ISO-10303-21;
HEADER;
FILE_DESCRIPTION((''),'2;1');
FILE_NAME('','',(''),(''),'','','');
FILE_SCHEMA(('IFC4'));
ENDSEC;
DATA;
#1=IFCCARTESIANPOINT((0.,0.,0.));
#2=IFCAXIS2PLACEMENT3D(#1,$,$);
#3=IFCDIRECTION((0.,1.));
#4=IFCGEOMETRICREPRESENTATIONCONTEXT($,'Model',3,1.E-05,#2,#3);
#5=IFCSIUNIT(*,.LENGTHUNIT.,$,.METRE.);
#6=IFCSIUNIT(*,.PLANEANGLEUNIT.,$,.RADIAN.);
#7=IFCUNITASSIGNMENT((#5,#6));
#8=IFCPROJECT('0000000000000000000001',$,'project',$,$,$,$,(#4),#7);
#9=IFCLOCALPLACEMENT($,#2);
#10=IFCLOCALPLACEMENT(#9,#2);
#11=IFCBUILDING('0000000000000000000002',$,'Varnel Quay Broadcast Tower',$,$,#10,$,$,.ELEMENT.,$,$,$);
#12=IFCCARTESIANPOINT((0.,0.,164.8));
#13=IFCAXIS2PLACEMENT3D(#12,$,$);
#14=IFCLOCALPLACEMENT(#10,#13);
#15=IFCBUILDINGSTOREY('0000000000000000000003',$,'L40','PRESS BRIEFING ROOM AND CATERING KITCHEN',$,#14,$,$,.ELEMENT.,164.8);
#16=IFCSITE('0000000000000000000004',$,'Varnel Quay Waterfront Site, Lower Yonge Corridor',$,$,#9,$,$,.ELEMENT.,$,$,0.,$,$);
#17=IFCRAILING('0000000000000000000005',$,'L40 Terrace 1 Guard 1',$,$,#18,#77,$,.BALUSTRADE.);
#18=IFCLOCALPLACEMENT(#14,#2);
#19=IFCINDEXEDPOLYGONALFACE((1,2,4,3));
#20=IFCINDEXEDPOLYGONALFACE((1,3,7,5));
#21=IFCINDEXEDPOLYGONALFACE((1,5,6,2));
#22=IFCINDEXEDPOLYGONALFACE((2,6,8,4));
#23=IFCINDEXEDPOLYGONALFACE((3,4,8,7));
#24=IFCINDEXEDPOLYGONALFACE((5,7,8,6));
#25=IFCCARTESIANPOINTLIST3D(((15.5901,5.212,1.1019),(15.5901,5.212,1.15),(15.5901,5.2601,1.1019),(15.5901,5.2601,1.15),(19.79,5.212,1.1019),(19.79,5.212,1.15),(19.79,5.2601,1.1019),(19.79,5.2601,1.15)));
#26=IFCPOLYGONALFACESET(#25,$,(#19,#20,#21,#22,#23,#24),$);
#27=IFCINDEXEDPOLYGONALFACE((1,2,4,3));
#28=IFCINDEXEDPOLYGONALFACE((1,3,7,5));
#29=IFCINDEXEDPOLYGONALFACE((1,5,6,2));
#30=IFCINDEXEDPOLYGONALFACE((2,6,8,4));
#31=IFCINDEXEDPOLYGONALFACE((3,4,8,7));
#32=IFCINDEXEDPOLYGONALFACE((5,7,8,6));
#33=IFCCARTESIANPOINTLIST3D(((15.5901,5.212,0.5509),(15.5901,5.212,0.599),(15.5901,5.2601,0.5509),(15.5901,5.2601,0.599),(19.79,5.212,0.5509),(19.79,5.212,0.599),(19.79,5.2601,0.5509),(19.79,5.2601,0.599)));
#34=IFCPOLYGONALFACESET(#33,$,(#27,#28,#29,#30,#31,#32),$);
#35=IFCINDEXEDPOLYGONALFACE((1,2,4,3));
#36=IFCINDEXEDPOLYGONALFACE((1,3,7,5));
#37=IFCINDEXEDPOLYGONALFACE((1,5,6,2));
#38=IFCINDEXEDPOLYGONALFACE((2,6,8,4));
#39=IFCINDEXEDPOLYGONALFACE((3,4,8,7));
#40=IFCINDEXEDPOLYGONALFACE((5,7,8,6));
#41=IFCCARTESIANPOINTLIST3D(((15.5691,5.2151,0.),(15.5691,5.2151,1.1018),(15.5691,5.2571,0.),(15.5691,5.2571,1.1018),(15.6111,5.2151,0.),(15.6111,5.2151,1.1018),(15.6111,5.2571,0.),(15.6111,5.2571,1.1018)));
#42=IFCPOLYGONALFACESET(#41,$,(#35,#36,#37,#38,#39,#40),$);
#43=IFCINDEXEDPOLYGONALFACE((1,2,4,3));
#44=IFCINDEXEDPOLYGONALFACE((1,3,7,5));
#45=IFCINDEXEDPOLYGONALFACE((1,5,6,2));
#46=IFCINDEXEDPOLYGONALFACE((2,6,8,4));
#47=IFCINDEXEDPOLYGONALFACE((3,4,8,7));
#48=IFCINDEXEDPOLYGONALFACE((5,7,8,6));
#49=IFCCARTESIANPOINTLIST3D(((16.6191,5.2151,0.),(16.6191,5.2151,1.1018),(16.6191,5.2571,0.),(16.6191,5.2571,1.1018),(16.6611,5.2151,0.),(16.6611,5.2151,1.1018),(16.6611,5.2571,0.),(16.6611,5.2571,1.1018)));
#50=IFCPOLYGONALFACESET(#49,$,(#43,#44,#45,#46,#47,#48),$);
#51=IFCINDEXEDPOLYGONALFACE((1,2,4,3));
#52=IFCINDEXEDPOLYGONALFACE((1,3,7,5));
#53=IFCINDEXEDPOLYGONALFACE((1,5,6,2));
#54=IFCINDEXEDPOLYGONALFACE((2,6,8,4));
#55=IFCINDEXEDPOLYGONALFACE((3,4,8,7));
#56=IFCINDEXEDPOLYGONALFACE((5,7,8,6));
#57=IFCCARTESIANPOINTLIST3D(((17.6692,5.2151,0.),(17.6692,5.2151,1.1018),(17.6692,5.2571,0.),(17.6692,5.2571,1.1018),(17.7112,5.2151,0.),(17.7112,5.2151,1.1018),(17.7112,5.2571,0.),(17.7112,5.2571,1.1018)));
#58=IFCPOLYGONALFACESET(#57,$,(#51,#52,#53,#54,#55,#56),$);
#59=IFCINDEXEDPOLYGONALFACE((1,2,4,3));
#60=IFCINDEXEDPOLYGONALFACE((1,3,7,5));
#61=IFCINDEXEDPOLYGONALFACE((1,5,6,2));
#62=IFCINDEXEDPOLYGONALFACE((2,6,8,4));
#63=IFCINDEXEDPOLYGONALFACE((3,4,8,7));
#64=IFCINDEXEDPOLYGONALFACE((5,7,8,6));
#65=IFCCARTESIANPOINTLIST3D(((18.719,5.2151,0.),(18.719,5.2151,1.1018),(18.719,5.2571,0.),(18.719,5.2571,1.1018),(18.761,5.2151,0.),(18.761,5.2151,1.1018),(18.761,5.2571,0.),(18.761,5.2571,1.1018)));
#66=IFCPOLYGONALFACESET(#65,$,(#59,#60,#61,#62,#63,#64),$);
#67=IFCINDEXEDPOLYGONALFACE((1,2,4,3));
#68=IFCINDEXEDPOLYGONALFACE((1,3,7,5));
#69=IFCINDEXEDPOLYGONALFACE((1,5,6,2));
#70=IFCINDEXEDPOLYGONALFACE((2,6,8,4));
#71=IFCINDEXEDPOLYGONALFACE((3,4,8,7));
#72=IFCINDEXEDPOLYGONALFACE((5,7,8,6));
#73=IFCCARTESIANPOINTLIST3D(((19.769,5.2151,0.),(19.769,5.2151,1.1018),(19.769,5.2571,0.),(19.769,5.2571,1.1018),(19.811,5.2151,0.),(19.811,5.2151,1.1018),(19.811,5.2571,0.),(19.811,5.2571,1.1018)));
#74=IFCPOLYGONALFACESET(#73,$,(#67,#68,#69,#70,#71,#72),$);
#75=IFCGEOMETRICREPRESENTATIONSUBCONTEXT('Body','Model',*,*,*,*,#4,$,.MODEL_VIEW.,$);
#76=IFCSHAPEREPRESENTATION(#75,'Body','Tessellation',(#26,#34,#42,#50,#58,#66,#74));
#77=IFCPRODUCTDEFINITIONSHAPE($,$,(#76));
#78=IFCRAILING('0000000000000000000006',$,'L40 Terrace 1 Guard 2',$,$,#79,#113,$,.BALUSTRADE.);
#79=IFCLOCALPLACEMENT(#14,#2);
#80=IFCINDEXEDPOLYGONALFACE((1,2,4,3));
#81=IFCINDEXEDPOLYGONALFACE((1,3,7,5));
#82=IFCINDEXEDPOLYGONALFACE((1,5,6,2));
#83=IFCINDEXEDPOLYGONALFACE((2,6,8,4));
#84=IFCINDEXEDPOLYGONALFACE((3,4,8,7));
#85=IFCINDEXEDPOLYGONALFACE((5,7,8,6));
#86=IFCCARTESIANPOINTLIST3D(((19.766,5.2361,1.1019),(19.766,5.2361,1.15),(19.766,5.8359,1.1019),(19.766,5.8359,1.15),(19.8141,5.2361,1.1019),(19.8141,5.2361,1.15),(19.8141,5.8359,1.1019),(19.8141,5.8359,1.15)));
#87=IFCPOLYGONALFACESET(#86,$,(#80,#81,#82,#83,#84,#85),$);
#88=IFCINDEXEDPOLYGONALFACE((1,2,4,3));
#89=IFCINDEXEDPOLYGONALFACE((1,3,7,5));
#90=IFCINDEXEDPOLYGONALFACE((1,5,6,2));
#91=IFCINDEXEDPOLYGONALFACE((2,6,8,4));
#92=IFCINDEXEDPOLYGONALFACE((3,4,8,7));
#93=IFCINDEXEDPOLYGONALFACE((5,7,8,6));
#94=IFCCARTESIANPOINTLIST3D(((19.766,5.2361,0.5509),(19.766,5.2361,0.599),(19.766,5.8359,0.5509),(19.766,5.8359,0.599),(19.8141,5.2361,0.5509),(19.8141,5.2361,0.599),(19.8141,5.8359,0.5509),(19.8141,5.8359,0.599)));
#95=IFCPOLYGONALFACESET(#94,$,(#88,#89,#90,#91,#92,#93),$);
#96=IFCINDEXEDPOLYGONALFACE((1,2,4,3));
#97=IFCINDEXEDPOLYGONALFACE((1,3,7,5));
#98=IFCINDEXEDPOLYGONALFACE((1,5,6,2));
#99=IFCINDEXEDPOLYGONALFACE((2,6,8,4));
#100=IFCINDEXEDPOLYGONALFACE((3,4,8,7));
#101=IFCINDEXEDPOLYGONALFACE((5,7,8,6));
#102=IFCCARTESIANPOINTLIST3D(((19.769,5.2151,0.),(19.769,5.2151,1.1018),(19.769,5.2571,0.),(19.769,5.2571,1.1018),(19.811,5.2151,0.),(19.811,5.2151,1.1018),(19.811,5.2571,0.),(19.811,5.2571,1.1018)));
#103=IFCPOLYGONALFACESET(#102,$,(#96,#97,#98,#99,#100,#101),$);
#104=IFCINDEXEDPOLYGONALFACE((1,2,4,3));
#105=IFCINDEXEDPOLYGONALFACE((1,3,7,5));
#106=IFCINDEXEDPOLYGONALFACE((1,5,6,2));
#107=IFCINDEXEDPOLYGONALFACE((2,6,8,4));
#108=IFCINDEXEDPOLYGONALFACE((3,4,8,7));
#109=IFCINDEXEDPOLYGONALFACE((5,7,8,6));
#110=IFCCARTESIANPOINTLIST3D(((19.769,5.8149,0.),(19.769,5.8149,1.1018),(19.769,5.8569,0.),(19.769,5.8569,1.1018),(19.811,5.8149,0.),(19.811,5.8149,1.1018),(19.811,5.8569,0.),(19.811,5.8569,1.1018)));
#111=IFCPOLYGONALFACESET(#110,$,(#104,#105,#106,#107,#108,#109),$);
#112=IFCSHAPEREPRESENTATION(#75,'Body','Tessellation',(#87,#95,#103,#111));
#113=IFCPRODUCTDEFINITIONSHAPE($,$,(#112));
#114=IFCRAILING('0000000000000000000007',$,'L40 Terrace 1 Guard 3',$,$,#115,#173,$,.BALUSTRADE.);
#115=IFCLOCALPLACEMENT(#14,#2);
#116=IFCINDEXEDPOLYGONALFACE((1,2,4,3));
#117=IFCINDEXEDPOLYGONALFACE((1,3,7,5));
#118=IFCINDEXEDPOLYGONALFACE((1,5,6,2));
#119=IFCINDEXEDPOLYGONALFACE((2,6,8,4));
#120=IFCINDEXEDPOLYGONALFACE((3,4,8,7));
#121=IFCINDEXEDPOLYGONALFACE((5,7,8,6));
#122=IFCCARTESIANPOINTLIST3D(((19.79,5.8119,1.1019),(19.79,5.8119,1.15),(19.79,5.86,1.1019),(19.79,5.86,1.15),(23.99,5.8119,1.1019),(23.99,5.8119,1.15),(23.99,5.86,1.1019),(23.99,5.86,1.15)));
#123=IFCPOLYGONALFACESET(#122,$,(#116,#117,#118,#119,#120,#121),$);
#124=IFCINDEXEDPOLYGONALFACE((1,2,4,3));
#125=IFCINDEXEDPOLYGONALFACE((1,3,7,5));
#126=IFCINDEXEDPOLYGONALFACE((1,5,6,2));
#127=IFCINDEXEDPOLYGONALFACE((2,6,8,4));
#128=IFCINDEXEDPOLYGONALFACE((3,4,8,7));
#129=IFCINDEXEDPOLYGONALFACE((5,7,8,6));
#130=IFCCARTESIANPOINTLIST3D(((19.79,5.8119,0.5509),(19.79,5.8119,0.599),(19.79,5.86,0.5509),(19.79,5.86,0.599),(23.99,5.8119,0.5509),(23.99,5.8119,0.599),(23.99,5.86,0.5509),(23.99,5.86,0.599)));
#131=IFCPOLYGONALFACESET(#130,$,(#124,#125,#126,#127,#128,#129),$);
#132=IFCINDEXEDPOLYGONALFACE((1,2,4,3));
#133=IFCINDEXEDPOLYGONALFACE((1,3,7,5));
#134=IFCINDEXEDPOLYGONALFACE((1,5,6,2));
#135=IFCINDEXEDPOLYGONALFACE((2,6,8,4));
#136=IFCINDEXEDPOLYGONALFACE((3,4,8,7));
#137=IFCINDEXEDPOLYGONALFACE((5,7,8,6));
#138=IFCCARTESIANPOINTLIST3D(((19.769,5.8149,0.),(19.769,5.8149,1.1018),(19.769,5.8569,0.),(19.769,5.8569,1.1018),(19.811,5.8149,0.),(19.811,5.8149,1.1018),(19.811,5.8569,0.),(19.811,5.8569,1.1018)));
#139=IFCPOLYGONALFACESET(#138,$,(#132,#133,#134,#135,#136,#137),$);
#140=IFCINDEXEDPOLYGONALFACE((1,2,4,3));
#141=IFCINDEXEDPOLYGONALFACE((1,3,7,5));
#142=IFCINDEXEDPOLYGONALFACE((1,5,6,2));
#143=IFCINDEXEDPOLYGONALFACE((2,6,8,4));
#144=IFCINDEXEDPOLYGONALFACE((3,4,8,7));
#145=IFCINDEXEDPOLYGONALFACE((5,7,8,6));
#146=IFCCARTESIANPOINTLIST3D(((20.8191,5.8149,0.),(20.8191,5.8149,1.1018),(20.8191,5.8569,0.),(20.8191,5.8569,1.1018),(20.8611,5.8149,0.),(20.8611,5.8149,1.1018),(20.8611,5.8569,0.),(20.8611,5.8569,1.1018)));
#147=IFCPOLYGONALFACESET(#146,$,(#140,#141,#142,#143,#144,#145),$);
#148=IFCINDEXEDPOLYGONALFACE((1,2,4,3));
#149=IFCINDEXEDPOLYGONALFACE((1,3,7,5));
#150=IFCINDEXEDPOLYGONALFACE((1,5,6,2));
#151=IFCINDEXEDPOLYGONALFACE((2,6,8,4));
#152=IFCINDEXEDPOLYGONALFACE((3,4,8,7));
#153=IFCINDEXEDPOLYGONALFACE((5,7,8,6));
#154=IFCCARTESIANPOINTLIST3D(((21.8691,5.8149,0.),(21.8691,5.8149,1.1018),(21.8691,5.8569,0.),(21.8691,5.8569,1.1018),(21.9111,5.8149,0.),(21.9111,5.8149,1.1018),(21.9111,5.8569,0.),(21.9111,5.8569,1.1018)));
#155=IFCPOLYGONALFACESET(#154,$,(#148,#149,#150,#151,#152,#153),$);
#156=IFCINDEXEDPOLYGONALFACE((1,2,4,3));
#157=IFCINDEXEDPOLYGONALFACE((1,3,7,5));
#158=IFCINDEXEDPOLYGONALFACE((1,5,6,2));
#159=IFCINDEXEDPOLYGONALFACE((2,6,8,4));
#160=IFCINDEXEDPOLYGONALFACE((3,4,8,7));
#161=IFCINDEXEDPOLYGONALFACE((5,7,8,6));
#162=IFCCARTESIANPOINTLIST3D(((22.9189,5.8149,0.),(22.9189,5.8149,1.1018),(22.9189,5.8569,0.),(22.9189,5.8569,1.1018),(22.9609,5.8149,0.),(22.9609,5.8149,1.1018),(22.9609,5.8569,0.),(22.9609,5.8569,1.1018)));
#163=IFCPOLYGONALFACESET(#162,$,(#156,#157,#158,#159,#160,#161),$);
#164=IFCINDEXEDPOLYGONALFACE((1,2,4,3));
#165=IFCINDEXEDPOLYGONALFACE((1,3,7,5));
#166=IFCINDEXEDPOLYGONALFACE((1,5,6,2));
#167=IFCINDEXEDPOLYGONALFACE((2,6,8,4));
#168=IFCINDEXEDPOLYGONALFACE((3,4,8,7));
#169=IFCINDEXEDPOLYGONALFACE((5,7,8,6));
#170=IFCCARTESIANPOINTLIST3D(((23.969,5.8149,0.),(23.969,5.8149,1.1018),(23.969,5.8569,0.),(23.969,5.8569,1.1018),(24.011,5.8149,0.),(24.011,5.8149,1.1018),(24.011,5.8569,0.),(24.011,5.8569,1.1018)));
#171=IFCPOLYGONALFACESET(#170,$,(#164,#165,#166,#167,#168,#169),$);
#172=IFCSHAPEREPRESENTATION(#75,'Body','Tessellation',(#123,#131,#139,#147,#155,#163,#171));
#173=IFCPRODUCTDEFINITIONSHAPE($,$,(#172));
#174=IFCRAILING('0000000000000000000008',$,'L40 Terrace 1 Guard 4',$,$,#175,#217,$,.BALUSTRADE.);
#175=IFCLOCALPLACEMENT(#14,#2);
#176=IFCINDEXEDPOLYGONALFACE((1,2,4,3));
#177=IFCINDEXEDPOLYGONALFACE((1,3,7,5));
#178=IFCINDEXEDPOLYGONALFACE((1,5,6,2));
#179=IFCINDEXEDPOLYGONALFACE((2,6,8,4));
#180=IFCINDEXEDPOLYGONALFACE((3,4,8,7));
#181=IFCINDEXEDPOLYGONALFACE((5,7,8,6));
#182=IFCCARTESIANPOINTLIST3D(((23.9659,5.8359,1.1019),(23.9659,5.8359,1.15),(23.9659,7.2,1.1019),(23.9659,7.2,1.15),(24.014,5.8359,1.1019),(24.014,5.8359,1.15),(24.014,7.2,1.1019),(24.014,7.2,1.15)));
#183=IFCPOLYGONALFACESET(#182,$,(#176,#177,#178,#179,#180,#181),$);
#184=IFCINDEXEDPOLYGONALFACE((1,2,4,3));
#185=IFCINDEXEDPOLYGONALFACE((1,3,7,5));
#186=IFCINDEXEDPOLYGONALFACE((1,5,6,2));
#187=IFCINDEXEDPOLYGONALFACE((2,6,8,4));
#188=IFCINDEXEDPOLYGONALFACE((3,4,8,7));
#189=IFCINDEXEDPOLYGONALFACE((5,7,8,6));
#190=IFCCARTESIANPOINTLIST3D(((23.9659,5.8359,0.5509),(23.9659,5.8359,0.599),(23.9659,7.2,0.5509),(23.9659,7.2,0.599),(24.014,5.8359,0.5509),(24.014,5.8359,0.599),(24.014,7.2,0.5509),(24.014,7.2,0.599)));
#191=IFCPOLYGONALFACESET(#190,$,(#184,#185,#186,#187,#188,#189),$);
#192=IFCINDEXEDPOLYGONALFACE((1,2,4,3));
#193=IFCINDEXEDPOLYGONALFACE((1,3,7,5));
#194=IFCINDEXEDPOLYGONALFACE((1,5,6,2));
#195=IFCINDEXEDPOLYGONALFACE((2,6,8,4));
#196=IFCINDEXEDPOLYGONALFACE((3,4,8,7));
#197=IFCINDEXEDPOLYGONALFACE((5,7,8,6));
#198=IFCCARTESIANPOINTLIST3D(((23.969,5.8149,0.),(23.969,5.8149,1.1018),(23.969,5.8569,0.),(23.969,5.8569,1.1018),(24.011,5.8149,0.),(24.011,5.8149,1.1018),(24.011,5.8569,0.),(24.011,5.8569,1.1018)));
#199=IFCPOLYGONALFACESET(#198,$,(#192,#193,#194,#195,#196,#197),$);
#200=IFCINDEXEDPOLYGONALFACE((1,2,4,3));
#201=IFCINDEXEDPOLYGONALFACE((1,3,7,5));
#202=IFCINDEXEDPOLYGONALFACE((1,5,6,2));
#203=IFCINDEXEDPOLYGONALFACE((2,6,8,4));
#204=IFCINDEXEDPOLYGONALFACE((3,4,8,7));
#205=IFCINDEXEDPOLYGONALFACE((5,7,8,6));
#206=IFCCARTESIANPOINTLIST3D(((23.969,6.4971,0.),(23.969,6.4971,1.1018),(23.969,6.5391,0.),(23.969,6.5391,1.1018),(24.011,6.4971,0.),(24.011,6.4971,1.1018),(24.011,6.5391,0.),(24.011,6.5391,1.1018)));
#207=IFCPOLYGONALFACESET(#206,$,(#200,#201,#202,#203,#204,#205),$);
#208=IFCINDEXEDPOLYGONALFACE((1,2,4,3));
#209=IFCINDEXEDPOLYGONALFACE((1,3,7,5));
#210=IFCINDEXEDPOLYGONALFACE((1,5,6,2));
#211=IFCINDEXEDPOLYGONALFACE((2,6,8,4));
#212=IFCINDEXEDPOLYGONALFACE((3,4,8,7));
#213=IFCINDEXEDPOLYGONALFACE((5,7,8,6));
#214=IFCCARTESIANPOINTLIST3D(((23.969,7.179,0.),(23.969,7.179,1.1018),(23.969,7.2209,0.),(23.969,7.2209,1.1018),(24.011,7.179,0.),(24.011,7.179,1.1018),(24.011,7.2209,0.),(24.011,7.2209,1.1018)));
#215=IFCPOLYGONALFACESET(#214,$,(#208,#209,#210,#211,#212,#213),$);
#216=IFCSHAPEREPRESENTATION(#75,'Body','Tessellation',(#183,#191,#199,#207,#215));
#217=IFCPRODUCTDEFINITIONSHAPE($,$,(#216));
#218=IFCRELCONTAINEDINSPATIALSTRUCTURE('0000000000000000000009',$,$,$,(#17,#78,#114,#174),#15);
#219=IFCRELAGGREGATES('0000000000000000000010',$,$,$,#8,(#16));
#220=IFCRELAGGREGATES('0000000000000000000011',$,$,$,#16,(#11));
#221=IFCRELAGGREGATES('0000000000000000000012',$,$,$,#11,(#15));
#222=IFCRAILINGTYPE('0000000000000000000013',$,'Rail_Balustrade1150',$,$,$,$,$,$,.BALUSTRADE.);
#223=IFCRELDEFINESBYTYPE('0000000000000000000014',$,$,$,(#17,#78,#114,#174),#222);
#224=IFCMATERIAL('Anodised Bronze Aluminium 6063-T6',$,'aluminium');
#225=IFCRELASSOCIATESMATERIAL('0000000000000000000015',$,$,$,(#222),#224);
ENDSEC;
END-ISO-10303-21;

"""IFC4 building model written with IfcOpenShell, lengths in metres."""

from ifc_helpers import new_model, si_unit, direction, frame, origin, origin_2d, place, context, subcontext, project, spatial, rectangle, extrude, material, type_object, element, save


model = new_model("IFC4")

# Units and contexts
model_context = context("Model", 3, precision=1e-05, world=origin(), true_north=direction((0.0, 1.0)))
body_context = subcontext(model_context, "Body", "Model", "MODEL_VIEW")
ifc_project = project(units=[si_unit("LENGTHUNIT", "METRE"), si_unit("PLANEANGLEUNIT", "RADIAN")], contexts=[model_context])

# Site, building, storey
site_placement = place(None, origin())
site = spatial("IfcSite", under=ifc_project, at=site_placement, Name="Varnel Quay Waterfront Site, Lower Yonge Corridor", CompositionType="ELEMENT", RefElevation=0.0)
building_placement = place(site_placement, origin())
building = spatial("IfcBuilding", under=site, at=building_placement, Name="Varnel Quay Broadcast Tower", CompositionType="ELEMENT")
storey_placement = place(building_placement, frame((0.0, 0.0, 164.8)))
storey = spatial("IfcBuildingStorey", under=building, at=storey_placement, Name="L40", Description="PRESS BRIEFING ROOM AND CATERING KITCHEN", CompositionType="ELEMENT", Elevation=164.8)

# Shared definitions
ifc_material_1 = material(Name="Anodised Bronze Aluminium 6063-T6", Category="aluminium")

# Railings
railing_type = type_object("IfcRailingType", Name="Rail_Balustrade1150", PredefinedType="BALUSTRADE", material=ifc_material_1)
railing_1_placement = place(storey_placement, frame((15.5901, 5.2361, 0.0)))
element("IfcRailing", 1, at=railing_1_placement, inside=storey, type_object=railing_type, Name="L40 Terrace 1 Guard 1", PredefinedType="BALUSTRADE", context=body_context, shape_type="SweptSolid", body=[
    extrude(rectangle(XDim=0.0481, YDim=0.0481, at=origin_2d()), frame((0.0, 0.0, 1.126), z_axis=(1.0, 0.0, 0.0), x_axis=(0.0, 1.0, 0.0)), (0.0, 0.0, 1.0), 4.2),
    extrude(rectangle(XDim=0.0481, YDim=0.0481, at=origin_2d()), frame((0.0, 0.0, 0.575), z_axis=(1.0, 0.0, 0.0), x_axis=(0.0, 1.0, 0.0)), (0.0, 0.0, 1.0), 4.2),
    extrude(rectangle(XDim=0.042, YDim=0.042, at=origin_2d()), origin(), (0.0, 0.0, 1.0), 1.1018),
    extrude(rectangle(XDim=0.042, YDim=0.042, at=origin_2d()), frame((1.05, 0.0, 0.0)), (0.0, 0.0, 1.0), 1.1018),
    extrude(rectangle(XDim=0.042, YDim=0.042, at=origin_2d()), frame((2.1001, 0.0, 0.0)), (0.0, 0.0, 1.0), 1.1018),
    extrude(rectangle(XDim=0.042, YDim=0.042, at=origin_2d()), frame((3.1499, 0.0, 0.0)), (0.0, 0.0, 1.0), 1.1018),
    extrude(rectangle(XDim=0.042, YDim=0.042, at=origin_2d()), frame((4.2, 0.0, 0.0)), (0.0, 0.0, 1.0), 1.1018),
])
railing_2_placement = place(storey_placement, frame((19.79, 5.2361, 0.0)))
element("IfcRailing", 2, at=railing_2_placement, inside=storey, type_object=railing_type, Name="L40 Terrace 1 Guard 2", PredefinedType="BALUSTRADE", context=body_context, shape_type="SweptSolid", body=[
    extrude(rectangle(XDim=0.0481, YDim=0.0481, at=origin_2d()), frame((0.0, 0.0, 1.126), z_axis=(0.0, 1.0, 0.0), x_axis=(-1.0, 0.0, 0.0)), (0.0, 0.0, 1.0), 0.5999),
    extrude(rectangle(XDim=0.0481, YDim=0.0481, at=origin_2d()), frame((0.0, 0.0, 0.575), z_axis=(0.0, 1.0, 0.0), x_axis=(-1.0, 0.0, 0.0)), (0.0, 0.0, 1.0), 0.5999),
    extrude(rectangle(XDim=0.042, YDim=0.042, at=origin_2d()), origin(), (0.0, 0.0, 1.0), 1.1018),
    extrude(rectangle(XDim=0.042, YDim=0.042, at=origin_2d()), frame((0.0, 0.5999, 0.0)), (0.0, 0.0, 1.0), 1.1018),
])
railing_3_placement = place(storey_placement, frame((19.79, 5.8359, 0.0)))
element("IfcRailing", 3, at=railing_3_placement, inside=storey, type_object=railing_type, Name="L40 Terrace 1 Guard 3", PredefinedType="BALUSTRADE", context=body_context, shape_type="SweptSolid", body=[
    extrude(rectangle(XDim=0.0481, YDim=0.0481, at=origin_2d()), frame((0.0, 0.0, 1.126), z_axis=(1.0, 0.0, 0.0), x_axis=(0.0, 1.0, 0.0)), (0.0, 0.0, 1.0), 4.2),
    extrude(rectangle(XDim=0.0481, YDim=0.0481, at=origin_2d()), frame((0.0, 0.0, 0.575), z_axis=(1.0, 0.0, 0.0), x_axis=(0.0, 1.0, 0.0)), (0.0, 0.0, 1.0), 4.2),
    extrude(rectangle(XDim=0.042, YDim=0.042, at=origin_2d()), origin(), (0.0, 0.0, 1.0), 1.1018),
    extrude(rectangle(XDim=0.042, YDim=0.042, at=origin_2d()), frame((1.05, 0.0, 0.0)), (0.0, 0.0, 1.0), 1.1018),
    extrude(rectangle(XDim=0.042, YDim=0.042, at=origin_2d()), frame((2.1001, 0.0, 0.0)), (0.0, 0.0, 1.0), 1.1018),
    extrude(rectangle(XDim=0.042, YDim=0.042, at=origin_2d()), frame((3.1499, 0.0, 0.0)), (0.0, 0.0, 1.0), 1.1018),
    extrude(rectangle(XDim=0.042, YDim=0.042, at=origin_2d()), frame((4.2, 0.0, 0.0)), (0.0, 0.0, 1.0), 1.1018),
])
railing_4_placement = place(storey_placement, frame((23.99, 5.8359, 0.0)))
element("IfcRailing", 4, at=railing_4_placement, inside=storey, type_object=railing_type, Name="L40 Terrace 1 Guard 4", PredefinedType="BALUSTRADE", context=body_context, shape_type="SweptSolid", body=[
    extrude(rectangle(XDim=0.0481, YDim=0.0481, at=origin_2d()), frame((0.0, 0.0, 1.126), z_axis=(0.0, 1.0, 0.0), x_axis=(-1.0, 0.0, 0.0)), (0.0, 0.0, 1.0), 1.364),
    extrude(rectangle(XDim=0.0481, YDim=0.0481, at=origin_2d()), frame((0.0, 0.0, 0.575), z_axis=(0.0, 1.0, 0.0), x_axis=(-1.0, 0.0, 0.0)), (0.0, 0.0, 1.0), 1.364),
    extrude(rectangle(XDim=0.042, YDim=0.042, at=origin_2d()), origin(), (0.0, 0.0, 1.0), 1.1018),
    extrude(rectangle(XDim=0.042, YDim=0.042, at=origin_2d()), frame((0.0, 0.6821, 0.0)), (0.0, 0.0, 1.0), 1.1018),
    extrude(rectangle(XDim=0.042, YDim=0.042, at=origin_2d()), frame((0.0, 1.364, 0.0)), (0.0, 0.0, 1.0), 1.1018),
])

save(model, "model.ifc")
